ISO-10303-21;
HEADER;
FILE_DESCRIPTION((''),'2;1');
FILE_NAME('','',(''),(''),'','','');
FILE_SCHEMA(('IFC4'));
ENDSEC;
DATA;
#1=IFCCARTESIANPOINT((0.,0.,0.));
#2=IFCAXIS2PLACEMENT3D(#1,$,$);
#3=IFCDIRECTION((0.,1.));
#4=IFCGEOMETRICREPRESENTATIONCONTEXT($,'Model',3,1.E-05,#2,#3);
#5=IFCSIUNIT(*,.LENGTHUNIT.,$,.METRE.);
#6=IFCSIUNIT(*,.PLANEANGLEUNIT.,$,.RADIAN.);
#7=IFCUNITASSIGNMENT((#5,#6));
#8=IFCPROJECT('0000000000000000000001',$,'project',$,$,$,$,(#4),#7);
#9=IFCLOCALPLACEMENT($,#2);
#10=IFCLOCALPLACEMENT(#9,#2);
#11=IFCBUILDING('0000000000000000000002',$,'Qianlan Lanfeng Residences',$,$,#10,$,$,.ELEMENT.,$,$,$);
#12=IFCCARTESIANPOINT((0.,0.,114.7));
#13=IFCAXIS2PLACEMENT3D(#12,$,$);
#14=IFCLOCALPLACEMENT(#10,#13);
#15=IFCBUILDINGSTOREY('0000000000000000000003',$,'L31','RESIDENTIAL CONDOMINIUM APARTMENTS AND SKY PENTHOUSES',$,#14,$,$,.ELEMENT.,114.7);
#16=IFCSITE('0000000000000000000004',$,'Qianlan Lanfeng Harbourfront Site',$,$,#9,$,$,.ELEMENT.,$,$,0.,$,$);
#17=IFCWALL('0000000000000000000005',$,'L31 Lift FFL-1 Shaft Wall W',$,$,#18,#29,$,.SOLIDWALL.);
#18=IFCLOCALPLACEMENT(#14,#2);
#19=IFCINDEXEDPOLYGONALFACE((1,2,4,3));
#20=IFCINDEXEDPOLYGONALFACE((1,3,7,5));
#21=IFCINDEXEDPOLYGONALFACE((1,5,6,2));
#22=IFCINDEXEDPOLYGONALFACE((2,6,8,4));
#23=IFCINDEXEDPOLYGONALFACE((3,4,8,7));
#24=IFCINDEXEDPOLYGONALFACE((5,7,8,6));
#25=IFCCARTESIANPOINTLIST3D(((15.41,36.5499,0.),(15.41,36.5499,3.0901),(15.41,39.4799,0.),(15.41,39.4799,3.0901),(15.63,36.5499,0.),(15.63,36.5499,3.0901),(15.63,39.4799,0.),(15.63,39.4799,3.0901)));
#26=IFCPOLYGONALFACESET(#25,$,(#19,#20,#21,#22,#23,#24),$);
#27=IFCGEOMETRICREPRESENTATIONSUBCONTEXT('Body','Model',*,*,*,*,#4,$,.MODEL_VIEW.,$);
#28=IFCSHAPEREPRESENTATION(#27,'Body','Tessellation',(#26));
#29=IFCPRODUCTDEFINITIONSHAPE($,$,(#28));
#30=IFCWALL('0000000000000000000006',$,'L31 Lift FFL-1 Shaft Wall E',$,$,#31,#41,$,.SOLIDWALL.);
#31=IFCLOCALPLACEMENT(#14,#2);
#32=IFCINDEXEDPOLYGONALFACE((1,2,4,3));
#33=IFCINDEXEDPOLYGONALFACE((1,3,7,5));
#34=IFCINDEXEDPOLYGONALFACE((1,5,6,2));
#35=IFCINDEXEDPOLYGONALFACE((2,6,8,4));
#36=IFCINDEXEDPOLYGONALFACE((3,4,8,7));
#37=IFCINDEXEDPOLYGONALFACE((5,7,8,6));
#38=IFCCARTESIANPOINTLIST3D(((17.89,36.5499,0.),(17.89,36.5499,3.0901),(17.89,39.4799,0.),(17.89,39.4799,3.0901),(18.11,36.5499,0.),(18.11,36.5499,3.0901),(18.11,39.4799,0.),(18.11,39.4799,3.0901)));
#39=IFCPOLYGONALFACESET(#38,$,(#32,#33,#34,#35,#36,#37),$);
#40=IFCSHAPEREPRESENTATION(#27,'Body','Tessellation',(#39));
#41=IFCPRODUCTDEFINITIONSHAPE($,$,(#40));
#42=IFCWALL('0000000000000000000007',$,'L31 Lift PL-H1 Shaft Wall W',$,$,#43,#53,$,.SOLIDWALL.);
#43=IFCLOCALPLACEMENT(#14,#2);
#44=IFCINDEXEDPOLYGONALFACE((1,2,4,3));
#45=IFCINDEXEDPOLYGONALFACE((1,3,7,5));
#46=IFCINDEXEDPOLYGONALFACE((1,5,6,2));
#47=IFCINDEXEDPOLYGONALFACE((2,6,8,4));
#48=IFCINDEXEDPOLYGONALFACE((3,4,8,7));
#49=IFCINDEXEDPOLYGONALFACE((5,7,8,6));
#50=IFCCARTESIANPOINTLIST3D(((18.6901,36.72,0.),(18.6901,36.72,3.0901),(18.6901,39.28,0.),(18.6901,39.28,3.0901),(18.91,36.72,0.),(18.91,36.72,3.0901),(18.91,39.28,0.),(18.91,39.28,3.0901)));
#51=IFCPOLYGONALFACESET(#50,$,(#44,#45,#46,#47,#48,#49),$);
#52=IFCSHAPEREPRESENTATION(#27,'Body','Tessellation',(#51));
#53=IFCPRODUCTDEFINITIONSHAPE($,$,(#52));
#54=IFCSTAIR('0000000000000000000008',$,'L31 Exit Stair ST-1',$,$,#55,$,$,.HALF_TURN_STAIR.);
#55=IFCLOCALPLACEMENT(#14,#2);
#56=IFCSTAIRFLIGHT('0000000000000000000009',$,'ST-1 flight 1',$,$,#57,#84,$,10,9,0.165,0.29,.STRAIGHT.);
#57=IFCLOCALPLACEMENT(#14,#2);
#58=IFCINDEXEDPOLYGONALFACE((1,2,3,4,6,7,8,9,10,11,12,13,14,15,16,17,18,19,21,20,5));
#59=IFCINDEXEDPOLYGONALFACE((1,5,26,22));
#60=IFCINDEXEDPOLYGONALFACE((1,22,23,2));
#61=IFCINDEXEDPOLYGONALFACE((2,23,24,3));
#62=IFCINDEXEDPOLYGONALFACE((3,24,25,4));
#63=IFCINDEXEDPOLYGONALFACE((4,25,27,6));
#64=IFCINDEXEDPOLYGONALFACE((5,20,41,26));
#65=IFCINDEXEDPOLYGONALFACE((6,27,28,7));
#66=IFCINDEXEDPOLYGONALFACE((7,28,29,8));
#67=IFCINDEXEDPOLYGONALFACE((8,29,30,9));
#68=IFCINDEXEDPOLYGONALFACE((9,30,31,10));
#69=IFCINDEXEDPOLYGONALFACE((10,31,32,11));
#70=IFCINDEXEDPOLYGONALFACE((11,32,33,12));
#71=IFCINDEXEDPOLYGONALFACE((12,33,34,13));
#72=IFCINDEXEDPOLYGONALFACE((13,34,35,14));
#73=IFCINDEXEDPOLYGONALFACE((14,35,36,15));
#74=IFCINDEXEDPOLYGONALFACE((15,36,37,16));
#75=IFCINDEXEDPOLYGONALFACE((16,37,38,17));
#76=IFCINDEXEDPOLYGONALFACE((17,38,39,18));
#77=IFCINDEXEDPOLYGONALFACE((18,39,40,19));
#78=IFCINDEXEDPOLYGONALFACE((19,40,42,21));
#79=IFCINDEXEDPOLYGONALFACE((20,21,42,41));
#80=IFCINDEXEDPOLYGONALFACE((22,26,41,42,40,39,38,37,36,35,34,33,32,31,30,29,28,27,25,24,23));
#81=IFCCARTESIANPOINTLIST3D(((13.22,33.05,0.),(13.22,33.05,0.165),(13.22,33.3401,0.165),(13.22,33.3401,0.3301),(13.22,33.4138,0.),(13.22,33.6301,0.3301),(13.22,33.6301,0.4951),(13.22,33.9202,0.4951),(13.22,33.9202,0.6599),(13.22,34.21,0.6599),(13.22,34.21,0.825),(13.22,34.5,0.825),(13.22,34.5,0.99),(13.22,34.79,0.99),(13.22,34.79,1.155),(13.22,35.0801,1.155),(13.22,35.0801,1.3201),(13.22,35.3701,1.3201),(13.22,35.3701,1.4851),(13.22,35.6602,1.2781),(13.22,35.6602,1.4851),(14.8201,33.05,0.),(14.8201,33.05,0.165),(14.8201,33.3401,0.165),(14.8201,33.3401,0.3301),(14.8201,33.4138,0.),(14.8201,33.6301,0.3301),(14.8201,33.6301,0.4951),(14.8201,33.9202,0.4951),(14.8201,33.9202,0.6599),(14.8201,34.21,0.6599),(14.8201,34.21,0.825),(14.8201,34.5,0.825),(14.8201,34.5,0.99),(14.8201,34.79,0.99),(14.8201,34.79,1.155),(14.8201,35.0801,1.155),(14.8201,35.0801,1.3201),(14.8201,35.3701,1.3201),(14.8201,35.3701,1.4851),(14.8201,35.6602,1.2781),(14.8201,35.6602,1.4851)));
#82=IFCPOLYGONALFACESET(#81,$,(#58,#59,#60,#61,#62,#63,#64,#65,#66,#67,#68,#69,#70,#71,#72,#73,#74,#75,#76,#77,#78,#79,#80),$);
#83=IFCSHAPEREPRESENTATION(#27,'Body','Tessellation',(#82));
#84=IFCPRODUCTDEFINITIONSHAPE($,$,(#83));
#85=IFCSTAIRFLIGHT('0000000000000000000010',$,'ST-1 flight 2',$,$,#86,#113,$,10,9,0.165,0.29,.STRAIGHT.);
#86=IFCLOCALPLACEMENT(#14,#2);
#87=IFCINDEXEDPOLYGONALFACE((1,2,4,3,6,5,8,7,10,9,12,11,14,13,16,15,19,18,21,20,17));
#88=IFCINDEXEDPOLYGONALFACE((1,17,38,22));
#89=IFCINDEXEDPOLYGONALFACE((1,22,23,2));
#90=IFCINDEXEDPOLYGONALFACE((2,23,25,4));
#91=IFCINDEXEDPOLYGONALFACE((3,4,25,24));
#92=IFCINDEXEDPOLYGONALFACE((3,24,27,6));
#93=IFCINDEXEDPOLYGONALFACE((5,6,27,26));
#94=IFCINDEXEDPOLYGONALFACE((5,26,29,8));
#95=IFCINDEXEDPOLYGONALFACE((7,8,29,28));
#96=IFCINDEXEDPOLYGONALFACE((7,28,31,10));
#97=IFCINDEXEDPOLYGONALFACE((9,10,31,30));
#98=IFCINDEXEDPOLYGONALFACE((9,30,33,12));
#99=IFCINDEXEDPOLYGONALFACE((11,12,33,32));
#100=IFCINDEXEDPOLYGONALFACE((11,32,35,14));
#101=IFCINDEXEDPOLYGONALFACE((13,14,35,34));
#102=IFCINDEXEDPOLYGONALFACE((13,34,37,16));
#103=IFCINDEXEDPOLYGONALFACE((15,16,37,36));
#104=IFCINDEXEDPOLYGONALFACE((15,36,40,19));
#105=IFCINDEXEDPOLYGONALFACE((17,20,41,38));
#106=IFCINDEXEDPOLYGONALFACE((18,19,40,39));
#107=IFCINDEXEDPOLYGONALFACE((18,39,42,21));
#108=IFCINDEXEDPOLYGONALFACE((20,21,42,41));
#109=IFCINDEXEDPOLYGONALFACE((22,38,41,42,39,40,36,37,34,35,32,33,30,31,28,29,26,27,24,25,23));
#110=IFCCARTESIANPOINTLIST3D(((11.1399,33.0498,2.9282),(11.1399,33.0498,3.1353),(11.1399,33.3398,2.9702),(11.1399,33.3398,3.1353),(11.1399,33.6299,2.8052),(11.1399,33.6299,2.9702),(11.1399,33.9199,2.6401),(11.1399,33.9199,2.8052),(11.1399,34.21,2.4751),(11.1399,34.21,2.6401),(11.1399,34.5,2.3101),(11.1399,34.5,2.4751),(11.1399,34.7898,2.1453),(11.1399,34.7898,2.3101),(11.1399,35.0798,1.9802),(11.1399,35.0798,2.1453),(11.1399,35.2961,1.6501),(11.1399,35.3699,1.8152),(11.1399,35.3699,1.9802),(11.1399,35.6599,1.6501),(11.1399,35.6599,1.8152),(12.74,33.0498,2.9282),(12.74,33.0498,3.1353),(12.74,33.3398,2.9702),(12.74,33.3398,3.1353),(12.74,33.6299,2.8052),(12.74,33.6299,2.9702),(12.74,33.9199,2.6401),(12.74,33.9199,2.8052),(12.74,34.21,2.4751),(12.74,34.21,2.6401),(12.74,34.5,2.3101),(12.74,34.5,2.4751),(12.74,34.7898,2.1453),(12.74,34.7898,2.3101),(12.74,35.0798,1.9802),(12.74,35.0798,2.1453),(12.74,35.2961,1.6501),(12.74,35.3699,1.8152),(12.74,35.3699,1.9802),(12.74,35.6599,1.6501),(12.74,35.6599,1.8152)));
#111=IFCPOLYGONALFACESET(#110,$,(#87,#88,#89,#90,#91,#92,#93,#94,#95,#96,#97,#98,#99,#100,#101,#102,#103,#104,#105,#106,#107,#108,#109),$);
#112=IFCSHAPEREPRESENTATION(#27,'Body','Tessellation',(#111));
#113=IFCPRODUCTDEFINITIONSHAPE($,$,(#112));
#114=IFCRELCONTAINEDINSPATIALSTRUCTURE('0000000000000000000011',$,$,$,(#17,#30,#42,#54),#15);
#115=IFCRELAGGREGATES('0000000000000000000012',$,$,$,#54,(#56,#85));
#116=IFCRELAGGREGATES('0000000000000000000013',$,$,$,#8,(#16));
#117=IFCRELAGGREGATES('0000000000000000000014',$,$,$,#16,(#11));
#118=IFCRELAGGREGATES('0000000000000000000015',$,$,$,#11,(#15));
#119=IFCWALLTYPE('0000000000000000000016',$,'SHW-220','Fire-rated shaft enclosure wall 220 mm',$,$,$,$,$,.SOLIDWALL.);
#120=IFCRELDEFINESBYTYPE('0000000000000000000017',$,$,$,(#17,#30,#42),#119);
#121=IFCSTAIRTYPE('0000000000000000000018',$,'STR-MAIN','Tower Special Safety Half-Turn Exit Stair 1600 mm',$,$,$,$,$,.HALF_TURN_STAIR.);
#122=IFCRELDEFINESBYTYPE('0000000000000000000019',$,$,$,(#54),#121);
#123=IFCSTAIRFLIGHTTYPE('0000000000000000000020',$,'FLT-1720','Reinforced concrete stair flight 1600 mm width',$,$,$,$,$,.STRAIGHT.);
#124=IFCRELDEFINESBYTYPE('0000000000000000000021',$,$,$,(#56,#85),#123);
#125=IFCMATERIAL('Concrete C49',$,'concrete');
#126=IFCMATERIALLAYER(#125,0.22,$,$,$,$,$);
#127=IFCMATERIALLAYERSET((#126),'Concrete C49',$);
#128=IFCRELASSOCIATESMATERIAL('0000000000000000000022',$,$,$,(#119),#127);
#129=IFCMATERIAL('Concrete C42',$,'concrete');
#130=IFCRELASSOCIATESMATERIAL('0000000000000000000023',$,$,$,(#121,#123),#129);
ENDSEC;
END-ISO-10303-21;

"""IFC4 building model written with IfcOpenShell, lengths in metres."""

from ifc_helpers import new_model, si_unit, direction, frame, frame_2d, origin, place, context, subcontext, project, spatial, polyline, rectangle, outline, extrude, material, layer, layer_set, type_object, element, aggregate, save


model = new_model("IFC4")

# Units and contexts
model_context = context("Model", 3, precision=1e-05, world=origin(), true_north=direction((0.0, 1.0)))
body_context = subcontext(model_context, "Body", "Model", "MODEL_VIEW")
ifc_project = project(units=[si_unit("LENGTHUNIT", "METRE"), si_unit("PLANEANGLEUNIT", "RADIAN")], contexts=[model_context])

# Site, building, storey
site_placement = place(None, origin())
site = spatial("IfcSite", under=ifc_project, at=site_placement, Name="Qianlan Lanfeng Harbourfront Site", CompositionType="ELEMENT", RefElevation=0.0)
building_placement = place(site_placement, origin())
building = spatial("IfcBuilding", under=site, at=building_placement, Name="Qianlan Lanfeng Residences", CompositionType="ELEMENT")
storey_placement = place(building_placement, frame((0.0, 0.0, 114.7)))
storey = spatial("IfcBuildingStorey", under=building, at=storey_placement, Name="L31", Description="RESIDENTIAL CONDOMINIUM APARTMENTS AND SKY PENTHOUSES", CompositionType="ELEMENT", Elevation=114.7)

# Walls
ifc_material_1 = material(Name="Concrete C49", Category="concrete")
ifc_layer_1 = layer(ifc_material_1, 0.22)
ifc_layer_set_1 = layer_set([ifc_layer_1], Name="Concrete C49")
wall_type_1 = type_object("IfcWallType", Name="SHW-220", Description="Fire-rated shaft enclosure wall 220 mm", PredefinedType="SOLIDWALL", material=ifc_layer_set_1)
for number, where, z_axis, x_axis, name in (
    (1, (15.52, 36.55, 0.0), (0.0, 0.0, 1.0), (0.0, 1.0, 0.0), "L31 Lift FFL-1 Shaft Wall W"),
    (2, (18.0, 36.55, 0.0), (0.0, 0.0, 1.0), (0.0, 1.0, 0.0), "L31 Lift FFL-1 Shaft Wall E"),
):
    element("IfcWall", number, at=place(storey_placement, frame(where, z_axis=z_axis, x_axis=x_axis)), inside=storey, type_object=wall_type_1, Name=name, PredefinedType="SOLIDWALL", context=body_context, shape_type="SweptSolid", body=[
        extrude(rectangle(XDim=2.9299, YDim=0.22, at=frame_2d((1.4648, 0.0))), origin(), (0.0, 0.0, 1.0), 3.0901),
    ])
wall_1_placement = place(storey_placement, frame((18.8, 36.72, 0.0), z_axis=(0.0, 0.0, 1.0), x_axis=(0.0, 1.0, 0.0)))
element("IfcWall", 3, at=wall_1_placement, inside=storey, type_object=wall_type_1, Name="L31 Lift PL-H1 Shaft Wall W", PredefinedType="SOLIDWALL", context=body_context, shape_type="SweptSolid", body=[
    extrude(rectangle(XDim=2.5601, YDim=0.22, at=frame_2d((1.28, 0.0))), origin(), (0.0, 0.0, 1.0), 3.0901),
])

# Stair, stair flights
ifc_material_2 = material(Name="Concrete C42", Category="concrete")
stair_type = type_object("IfcStairType", Name="STR-MAIN", Description="Tower Special Safety Half-Turn Exit Stair 1600 mm", PredefinedType="HALF_TURN_STAIR", material=ifc_material_2)
stair_placement = place(storey_placement, origin())
stair = element("IfcStair", 4, at=stair_placement, inside=storey, type_object=stair_type, Name="L31 Exit Stair ST-1", PredefinedType="HALF_TURN_STAIR")
stair_flight_type = type_object("IfcStairFlightType", Name="FLT-1720", Description="Reinforced concrete stair flight 1600 mm width", PredefinedType="STRAIGHT", material=ifc_material_2)
stair_flight_1_placement = place(storey_placement, frame((14.02, 33.05, 0.0), z_axis=(0.0, 0.0, 1.0), x_axis=(0.0, 1.0, 0.0)))
stair_flight_1 = element("IfcStairFlight", 5, at=stair_flight_1_placement, type_object=stair_flight_type, Name="ST-1 flight 1", NumberOfRisers=10, NumberOfTreads=9, PredefinedType="STRAIGHT", RiserHeight=0.165, TreadLength=0.29, context=body_context, shape_type="SweptSolid", body=[
    extrude(outline(polyline([(0.0, 0.0), (0.0, 0.165), (0.29, 0.165), (0.29, 0.3301), (0.5801, 0.3301), (0.5801, 0.4951), (0.8701, 0.4951), (0.8701, 0.6599), (1.1599, 0.6599), (1.1599, 0.825), (1.45, 0.825), (1.45, 0.99), (1.74, 0.99), (1.74, 1.155), (2.03, 1.155), (2.03, 1.3201), (2.3201, 1.3201), (2.3201, 1.4851), (2.6101, 1.4851), (2.6101, 1.6499), (2.6101, 1.2781), (0.3638, 0.0), (0.0, 0.0)])), frame((0.0, 0.8, 0.0), z_axis=(0.0, -1.0, 0.0), x_axis=(1.0, 0.0, 0.0)), (0.0, 0.0, 1.0), 1.6001),
])
stair_flight_2_placement = place(storey_placement, frame((11.9399, 35.6599, 1.6501), z_axis=(0.0, 0.0, 1.0), x_axis=(0.0, -1.0, 0.0)))
stair_flight_2 = element("IfcStairFlight", 6, at=stair_flight_2_placement, type_object=stair_flight_type, Name="ST-1 flight 2", NumberOfRisers=10, NumberOfTreads=9, PredefinedType="STRAIGHT", RiserHeight=0.165, TreadLength=0.29, context=body_context, shape_type="SweptSolid", body=[
    extrude(outline(polyline([(0.0, 0.0), (0.0, 0.165), (0.29, 0.165), (0.29, 0.3301), (0.5801, 0.3301), (0.5801, 0.4951), (0.8701, 0.4951), (0.8701, 0.6599), (1.1599, 0.6599), (1.1599, 0.825), (1.45, 0.825), (1.45, 0.99), (1.74, 0.99), (1.74, 1.155), (2.03, 1.155), (2.03, 1.3201), (2.3201, 1.3201), (2.3201, 1.4851), (2.6101, 1.4851), (2.6101, 1.6499), (2.6101, 1.2781), (0.3638, 0.0), (0.0, 0.0)])), frame((0.0, 0.8, 0.0), z_axis=(0.0, -1.0, 0.0), x_axis=(1.0, 0.0, 0.0)), (0.0, 0.0, 1.0), 1.6001),
])
aggregate(stair, [stair_flight_1, stair_flight_2])

save(model, "model.ifc")
